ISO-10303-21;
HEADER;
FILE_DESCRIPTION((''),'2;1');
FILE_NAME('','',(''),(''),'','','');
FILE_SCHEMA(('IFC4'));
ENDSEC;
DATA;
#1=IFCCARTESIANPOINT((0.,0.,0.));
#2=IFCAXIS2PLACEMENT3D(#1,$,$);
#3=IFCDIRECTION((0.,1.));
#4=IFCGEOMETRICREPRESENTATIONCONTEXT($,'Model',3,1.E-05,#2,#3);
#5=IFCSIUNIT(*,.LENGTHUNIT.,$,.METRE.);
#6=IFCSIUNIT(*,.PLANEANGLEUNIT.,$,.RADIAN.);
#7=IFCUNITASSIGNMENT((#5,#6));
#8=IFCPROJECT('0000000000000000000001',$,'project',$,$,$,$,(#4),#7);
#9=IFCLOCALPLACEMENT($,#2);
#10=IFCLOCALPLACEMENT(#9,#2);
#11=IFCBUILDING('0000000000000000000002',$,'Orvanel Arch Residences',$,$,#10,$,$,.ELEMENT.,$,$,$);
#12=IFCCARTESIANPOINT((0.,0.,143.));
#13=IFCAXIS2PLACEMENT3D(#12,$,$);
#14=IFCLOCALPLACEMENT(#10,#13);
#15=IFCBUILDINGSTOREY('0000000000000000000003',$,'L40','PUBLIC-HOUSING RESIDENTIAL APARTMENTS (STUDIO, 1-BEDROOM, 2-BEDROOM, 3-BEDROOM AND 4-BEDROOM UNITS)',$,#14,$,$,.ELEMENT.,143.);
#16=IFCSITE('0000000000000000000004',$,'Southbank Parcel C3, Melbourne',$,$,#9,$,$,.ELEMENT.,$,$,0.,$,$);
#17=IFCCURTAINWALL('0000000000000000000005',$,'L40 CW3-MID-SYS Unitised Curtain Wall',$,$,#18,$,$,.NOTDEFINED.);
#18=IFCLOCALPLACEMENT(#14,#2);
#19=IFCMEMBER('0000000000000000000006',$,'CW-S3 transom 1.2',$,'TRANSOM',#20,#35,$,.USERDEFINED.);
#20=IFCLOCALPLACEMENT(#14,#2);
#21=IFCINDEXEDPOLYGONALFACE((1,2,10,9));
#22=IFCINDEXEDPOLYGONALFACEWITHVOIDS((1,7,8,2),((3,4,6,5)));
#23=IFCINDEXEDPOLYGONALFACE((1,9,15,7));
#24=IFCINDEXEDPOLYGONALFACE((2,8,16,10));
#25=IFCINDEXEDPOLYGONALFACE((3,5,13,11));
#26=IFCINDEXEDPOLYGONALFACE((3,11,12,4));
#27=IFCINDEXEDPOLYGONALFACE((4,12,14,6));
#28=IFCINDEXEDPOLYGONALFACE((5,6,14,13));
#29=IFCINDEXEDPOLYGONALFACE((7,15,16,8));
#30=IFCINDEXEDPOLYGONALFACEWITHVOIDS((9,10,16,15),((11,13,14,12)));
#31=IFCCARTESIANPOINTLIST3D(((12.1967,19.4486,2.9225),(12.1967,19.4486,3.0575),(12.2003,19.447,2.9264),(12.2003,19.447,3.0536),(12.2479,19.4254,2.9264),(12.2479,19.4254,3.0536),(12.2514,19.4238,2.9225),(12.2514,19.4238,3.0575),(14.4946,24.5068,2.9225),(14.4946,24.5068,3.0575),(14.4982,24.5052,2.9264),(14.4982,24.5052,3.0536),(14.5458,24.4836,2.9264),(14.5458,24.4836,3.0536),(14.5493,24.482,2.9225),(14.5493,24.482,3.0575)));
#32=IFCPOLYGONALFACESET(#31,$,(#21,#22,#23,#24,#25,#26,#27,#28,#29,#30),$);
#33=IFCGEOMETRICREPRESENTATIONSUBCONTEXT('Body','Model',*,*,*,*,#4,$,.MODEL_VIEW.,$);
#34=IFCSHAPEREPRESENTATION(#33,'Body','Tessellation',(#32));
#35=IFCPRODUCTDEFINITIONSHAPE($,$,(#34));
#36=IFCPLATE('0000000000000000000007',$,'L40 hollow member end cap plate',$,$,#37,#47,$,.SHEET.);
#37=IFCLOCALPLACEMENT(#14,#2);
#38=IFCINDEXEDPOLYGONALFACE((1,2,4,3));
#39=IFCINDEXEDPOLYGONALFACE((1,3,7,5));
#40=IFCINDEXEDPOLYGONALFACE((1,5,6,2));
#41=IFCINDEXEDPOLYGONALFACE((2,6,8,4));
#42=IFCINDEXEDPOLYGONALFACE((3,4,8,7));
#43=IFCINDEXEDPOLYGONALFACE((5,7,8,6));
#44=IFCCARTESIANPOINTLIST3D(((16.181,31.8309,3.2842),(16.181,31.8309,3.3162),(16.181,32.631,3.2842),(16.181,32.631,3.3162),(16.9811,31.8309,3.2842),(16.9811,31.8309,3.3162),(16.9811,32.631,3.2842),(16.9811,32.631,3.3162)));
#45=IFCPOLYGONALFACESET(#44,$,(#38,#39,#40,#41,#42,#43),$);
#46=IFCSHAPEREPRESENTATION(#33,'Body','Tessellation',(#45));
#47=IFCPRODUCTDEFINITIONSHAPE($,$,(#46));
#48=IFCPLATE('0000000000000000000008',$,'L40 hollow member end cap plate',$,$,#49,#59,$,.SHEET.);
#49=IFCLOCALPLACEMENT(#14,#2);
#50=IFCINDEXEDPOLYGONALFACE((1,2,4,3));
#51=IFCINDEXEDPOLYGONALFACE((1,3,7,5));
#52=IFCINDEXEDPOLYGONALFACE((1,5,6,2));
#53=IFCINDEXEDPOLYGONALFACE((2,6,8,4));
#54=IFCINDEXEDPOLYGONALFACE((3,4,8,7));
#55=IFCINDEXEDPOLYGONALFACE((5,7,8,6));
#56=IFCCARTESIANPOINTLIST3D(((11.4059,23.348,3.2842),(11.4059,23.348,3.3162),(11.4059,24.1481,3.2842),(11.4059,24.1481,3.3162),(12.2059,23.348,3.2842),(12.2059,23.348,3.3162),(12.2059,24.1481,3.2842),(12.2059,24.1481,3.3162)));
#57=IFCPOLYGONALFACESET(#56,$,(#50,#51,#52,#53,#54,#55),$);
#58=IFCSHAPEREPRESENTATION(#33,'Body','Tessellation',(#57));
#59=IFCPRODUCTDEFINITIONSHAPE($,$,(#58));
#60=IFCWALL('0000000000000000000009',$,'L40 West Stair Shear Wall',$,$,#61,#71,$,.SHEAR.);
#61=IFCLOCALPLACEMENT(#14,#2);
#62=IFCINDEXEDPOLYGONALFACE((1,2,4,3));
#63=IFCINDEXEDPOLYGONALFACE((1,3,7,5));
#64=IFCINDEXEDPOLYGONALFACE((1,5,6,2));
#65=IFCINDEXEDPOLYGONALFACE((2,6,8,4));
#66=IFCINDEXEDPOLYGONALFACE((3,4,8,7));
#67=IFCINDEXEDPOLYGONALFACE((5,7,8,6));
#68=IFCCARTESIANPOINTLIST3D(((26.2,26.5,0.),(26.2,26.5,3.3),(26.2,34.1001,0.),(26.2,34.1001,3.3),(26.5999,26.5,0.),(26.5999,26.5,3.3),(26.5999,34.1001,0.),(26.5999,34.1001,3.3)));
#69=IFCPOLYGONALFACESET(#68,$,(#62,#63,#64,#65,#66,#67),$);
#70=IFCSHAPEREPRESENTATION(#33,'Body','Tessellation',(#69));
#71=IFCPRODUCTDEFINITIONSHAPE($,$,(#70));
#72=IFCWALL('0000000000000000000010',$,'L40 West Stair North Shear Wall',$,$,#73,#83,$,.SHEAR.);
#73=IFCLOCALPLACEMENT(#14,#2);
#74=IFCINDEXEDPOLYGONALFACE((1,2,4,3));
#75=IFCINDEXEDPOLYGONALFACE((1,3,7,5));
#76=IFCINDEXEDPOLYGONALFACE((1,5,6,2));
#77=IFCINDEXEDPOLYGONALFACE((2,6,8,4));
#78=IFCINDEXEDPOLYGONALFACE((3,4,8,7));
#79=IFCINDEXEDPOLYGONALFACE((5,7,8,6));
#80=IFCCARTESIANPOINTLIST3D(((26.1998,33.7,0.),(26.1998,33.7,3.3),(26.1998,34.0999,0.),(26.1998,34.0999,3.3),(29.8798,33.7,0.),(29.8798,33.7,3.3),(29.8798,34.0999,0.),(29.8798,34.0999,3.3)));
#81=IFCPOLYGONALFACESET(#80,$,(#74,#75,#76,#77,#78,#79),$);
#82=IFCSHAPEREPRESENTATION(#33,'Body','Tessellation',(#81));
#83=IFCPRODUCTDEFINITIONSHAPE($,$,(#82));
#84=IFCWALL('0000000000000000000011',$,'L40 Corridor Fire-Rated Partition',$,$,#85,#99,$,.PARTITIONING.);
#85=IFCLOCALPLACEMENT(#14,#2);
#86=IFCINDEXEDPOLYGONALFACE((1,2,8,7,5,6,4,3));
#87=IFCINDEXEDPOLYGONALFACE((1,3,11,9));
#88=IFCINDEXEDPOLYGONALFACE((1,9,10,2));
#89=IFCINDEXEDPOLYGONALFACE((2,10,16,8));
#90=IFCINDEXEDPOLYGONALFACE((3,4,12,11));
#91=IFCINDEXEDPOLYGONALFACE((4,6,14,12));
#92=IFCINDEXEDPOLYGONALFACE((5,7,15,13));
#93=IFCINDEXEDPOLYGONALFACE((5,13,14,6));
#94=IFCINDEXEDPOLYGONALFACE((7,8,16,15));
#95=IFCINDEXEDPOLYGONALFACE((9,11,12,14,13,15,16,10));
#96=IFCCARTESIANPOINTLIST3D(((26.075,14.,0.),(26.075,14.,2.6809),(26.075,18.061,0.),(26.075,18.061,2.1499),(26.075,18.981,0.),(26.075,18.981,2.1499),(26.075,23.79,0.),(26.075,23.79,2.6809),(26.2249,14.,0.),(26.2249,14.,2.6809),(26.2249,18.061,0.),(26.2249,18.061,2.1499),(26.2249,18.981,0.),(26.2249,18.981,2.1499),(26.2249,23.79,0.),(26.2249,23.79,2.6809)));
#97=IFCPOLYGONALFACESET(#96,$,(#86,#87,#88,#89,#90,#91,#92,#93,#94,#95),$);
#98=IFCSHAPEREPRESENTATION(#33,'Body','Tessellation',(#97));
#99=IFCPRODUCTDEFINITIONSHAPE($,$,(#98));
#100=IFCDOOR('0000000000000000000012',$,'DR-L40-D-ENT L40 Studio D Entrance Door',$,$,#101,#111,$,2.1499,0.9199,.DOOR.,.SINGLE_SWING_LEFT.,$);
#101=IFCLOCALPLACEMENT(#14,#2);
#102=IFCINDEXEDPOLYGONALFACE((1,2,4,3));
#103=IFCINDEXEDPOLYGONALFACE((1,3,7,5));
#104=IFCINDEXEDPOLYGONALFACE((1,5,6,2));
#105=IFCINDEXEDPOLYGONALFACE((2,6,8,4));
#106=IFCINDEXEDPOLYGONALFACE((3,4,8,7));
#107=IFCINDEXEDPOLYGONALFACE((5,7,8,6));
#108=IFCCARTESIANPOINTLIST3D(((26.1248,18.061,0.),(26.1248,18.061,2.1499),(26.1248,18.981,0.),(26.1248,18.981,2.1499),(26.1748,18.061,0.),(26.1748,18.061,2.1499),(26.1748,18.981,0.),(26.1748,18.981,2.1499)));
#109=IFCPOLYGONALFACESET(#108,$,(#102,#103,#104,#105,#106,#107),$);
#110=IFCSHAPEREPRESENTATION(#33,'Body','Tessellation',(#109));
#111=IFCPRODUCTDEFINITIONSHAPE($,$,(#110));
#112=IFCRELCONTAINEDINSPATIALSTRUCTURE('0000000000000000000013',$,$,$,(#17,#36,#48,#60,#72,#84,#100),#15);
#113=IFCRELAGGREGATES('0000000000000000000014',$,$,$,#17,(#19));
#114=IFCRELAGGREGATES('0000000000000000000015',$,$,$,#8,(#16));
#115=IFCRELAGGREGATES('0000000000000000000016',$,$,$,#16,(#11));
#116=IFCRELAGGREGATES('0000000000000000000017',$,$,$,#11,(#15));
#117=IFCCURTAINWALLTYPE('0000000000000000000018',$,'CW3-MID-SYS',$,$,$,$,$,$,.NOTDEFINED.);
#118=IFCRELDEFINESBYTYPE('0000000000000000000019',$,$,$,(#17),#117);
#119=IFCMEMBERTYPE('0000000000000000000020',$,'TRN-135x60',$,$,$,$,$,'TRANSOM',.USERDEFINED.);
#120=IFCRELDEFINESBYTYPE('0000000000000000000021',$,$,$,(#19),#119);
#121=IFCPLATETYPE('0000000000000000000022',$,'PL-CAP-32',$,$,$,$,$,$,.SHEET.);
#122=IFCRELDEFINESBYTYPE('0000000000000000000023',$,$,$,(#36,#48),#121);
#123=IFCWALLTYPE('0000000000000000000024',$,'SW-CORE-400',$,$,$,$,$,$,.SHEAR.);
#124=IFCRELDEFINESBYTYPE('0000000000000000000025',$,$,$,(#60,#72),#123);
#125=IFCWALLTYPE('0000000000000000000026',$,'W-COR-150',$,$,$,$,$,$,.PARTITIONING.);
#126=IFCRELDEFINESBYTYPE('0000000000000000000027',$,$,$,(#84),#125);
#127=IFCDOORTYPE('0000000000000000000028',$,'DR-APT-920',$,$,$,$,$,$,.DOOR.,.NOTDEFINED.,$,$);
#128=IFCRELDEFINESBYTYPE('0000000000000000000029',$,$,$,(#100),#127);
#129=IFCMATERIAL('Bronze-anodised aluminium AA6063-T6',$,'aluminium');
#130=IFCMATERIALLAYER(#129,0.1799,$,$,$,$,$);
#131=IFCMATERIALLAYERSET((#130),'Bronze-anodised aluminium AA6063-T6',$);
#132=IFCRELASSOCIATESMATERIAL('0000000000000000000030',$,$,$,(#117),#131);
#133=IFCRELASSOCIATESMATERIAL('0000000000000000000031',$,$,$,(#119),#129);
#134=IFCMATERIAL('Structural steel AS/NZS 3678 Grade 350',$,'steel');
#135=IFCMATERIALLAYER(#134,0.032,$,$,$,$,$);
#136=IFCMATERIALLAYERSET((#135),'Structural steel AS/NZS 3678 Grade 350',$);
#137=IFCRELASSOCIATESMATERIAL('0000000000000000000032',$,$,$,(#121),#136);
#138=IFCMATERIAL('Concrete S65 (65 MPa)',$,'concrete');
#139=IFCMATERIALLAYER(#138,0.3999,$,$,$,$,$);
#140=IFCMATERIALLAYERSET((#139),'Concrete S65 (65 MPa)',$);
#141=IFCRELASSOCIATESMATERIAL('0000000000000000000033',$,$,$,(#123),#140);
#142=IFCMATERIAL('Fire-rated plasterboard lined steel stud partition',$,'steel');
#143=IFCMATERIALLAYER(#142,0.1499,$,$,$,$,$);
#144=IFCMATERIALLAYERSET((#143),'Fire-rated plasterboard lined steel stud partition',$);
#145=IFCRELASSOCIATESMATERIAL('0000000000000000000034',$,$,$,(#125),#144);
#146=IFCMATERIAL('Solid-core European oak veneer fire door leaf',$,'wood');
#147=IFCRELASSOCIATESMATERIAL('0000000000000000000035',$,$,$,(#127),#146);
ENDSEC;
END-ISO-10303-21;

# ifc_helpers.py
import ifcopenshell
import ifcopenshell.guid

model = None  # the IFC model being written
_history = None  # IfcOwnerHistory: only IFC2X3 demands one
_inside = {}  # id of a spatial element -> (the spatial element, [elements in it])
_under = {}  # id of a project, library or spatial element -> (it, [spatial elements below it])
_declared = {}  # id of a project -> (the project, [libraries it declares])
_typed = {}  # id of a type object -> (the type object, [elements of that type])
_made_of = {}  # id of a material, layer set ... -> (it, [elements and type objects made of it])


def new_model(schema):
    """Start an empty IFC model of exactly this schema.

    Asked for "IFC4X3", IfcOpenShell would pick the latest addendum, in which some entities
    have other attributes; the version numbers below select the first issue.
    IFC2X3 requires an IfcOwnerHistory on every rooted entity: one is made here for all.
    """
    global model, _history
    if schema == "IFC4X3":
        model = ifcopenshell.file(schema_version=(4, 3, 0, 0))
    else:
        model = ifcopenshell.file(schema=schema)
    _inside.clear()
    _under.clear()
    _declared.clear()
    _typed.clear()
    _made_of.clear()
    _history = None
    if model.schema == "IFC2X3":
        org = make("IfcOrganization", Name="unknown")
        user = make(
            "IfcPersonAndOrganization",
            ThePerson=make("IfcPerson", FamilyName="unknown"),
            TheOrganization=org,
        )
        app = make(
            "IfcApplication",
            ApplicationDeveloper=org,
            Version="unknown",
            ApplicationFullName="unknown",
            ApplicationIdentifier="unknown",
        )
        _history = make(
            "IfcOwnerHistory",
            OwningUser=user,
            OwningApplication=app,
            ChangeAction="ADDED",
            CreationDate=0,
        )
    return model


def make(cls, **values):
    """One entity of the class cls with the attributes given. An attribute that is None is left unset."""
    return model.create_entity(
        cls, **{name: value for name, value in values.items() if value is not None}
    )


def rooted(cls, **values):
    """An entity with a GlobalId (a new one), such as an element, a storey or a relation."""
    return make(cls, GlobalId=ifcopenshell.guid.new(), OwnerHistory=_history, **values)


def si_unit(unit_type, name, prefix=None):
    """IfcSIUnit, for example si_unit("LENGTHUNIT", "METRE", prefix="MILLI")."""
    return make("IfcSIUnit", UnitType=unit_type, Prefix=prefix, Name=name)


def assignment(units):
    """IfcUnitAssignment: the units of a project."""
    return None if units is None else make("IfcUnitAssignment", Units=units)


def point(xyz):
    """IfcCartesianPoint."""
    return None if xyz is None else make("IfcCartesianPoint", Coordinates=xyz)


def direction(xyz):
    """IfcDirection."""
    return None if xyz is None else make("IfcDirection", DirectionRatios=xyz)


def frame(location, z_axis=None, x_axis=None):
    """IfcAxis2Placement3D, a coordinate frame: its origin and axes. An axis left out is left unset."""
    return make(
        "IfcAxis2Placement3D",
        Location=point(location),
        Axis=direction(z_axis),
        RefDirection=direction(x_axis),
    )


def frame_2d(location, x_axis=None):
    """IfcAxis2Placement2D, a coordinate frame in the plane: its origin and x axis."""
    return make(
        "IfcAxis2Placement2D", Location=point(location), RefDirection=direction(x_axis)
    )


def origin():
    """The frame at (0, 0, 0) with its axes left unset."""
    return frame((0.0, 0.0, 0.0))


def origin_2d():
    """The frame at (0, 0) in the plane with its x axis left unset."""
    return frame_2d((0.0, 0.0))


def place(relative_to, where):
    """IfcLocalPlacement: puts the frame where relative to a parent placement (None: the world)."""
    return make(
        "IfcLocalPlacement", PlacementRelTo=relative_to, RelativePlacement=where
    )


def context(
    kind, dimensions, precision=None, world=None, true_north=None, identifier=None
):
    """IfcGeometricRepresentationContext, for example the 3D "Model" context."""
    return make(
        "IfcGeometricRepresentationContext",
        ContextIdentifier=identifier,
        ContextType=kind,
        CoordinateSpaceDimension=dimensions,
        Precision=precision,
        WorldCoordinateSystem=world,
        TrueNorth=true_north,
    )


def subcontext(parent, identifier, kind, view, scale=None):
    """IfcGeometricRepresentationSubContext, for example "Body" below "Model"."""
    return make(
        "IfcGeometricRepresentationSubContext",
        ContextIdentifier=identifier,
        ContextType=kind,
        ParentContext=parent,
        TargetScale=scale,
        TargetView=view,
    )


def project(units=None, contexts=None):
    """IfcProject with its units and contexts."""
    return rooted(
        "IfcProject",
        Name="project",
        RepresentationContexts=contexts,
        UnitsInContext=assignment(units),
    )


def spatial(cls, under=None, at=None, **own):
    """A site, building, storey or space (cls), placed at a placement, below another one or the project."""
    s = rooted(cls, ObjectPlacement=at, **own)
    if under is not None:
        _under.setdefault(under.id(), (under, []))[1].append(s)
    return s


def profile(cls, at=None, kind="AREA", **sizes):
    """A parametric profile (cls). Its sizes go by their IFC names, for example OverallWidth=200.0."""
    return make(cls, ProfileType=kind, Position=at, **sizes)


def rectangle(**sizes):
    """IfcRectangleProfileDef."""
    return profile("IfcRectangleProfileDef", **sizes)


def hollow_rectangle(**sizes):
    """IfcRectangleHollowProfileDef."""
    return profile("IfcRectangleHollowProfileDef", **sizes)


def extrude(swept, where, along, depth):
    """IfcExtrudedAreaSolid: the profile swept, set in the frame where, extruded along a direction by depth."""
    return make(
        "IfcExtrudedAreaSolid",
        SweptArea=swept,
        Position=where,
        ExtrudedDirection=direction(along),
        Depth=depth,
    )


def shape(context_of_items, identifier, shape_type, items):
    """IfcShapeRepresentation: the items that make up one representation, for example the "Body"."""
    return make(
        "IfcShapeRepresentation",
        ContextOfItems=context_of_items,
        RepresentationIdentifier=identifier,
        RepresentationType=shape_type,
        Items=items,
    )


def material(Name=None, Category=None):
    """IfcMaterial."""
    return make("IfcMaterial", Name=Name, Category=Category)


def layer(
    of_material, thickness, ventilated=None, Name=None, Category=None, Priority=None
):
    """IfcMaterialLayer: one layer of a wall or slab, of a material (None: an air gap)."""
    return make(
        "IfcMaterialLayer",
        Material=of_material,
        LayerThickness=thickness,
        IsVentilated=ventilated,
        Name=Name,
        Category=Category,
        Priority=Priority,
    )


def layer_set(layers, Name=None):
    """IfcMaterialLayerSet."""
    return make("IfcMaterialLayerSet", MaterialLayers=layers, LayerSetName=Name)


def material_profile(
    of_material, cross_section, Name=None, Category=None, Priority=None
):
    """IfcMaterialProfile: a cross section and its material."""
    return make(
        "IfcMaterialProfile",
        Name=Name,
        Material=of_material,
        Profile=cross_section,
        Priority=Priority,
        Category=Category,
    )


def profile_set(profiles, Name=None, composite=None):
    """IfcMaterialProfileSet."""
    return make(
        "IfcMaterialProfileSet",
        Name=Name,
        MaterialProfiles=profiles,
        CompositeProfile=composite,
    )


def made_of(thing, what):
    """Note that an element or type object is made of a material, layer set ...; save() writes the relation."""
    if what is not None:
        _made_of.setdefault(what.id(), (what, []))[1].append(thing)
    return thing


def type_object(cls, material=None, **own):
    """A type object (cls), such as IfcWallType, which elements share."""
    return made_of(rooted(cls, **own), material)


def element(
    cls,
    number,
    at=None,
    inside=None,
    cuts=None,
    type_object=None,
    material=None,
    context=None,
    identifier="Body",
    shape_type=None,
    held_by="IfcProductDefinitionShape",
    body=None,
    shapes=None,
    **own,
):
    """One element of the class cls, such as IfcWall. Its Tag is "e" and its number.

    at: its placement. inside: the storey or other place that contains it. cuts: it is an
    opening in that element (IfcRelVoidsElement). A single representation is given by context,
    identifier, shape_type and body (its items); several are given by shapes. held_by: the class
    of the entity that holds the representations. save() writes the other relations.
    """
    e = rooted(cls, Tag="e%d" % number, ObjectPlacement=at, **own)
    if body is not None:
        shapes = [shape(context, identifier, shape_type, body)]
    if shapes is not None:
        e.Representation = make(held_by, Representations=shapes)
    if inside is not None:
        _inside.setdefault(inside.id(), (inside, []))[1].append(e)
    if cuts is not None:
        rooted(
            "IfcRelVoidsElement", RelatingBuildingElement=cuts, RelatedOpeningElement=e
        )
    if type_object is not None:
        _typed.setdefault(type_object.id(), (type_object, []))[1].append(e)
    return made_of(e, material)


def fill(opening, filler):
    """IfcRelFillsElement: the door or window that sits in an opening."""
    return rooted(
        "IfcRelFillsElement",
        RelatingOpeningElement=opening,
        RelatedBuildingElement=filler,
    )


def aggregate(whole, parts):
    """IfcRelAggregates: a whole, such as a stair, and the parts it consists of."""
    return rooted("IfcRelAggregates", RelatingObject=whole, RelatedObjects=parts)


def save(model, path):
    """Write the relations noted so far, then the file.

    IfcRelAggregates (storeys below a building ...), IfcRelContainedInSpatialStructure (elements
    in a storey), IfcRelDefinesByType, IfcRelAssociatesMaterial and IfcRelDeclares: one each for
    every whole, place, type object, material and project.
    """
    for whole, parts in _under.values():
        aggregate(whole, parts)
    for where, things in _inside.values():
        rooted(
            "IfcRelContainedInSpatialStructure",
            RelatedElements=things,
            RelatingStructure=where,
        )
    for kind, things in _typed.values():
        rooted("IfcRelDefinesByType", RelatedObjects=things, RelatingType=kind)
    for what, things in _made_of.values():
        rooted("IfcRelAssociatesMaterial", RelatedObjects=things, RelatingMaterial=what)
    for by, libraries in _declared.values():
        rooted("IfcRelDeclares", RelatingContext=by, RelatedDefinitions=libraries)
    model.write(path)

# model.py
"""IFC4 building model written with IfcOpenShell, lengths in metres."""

from ifc_helpers import new_model, si_unit, direction, frame, frame_2d, origin, origin_2d, place, context, subcontext, project, spatial, rectangle, hollow_rectangle, extrude, material, layer, layer_set, material_profile, profile_set, type_object, element, fill, aggregate, save


model = new_model("IFC4")

# Units and contexts
model_context = context("Model", 3, precision=1e-05, world=origin(), true_north=direction((0.0, 1.0)))
body_context = subcontext(model_context, "Body", "Model", "MODEL_VIEW")
ifc_project = project(units=[si_unit("LENGTHUNIT", "METRE"), si_unit("PLANEANGLEUNIT", "RADIAN")], contexts=[model_context])

# Site, building, storey
site_placement = place(None, origin())
site = spatial("IfcSite", under=ifc_project, at=site_placement, Name="Southbank Parcel C3, Melbourne", CompositionType="ELEMENT", RefElevation=0.0)
building_placement = place(site_placement, origin())
building = spatial("IfcBuilding", under=site, at=building_placement, Name="Orvanel Arch Residences", CompositionType="ELEMENT")
storey_placement = place(building_placement, frame((0.0, 0.0, 143.0)))
storey = spatial("IfcBuildingStorey", under=building, at=storey_placement, Name="L40", Description="PUBLIC-HOUSING RESIDENTIAL APARTMENTS (STUDIO, 1-BEDROOM, 2-BEDROOM, 3-BEDROOM AND 4-BEDROOM UNITS)", CompositionType="ELEMENT", Elevation=143.0)

# Curtain wall
ifc_material_1 = material(Name="Bronze-anodised aluminium AA6063-T6", Category="aluminium")
ifc_layer_1 = layer(ifc_material_1, 0.1799)
ifc_layer_set_1 = layer_set([ifc_layer_1], Name="Bronze-anodised aluminium AA6063-T6")
curtain_wall_type = type_object("IfcCurtainWallType", Name="CW3-MID-SYS", PredefinedType="NOTDEFINED", material=ifc_layer_set_1)
curtain_wall_placement = place(storey_placement, origin())
curtain_wall = element("IfcCurtainWall", 1, at=curtain_wall_placement, inside=storey, type_object=curtain_wall_type, Name="L40 CW3-MID-SYS Unitised Curtain Wall", PredefinedType="NOTDEFINED")

# Member
ifc_material_profile_1 = material_profile(ifc_material_1, hollow_rectangle(XDim=0.0601, YDim=0.135, WallThickness=0.0039, at=origin_2d()), Name="ALU135x60x4")
ifc_profile_set_1 = profile_set([ifc_material_profile_1], Name="Bronze-anodised aluminium AA6063-T6")
member_type_1 = type_object("IfcMemberType", Name="TRN-135x60", ElementType="TRANSOM", PredefinedType="USERDEFINED", material=ifc_profile_set_1)
member_1_placement = place(storey_placement, frame((14.522, 24.4944, 2.99), z_axis=(-0.413611, -0.910454, 0.0), x_axis=(0.910454, -0.413611, 0.0)))
member_1 = element("IfcMember", 2, at=member_1_placement, type_object=member_type_1, Name="CW-S3 transom 1.2", ObjectType="TRANSOM", PredefinedType="USERDEFINED", context=body_context, shape_type="SweptSolid", body=[
    extrude(hollow_rectangle(XDim=0.0601, YDim=0.135, WallThickness=0.0039, at=origin_2d()), origin(), (0.0, 0.0, 1.0), 5.5557),
])
aggregate(curtain_wall, [member_1])

# Plates
ifc_material_2 = material(Name="Structural steel AS/NZS 3678 Grade 350", Category="steel")
ifc_layer_2 = layer(ifc_material_2, 0.032)
ifc_layer_set_2 = layer_set([ifc_layer_2], Name="Structural steel AS/NZS 3678 Grade 350")
plate_type = type_object("IfcPlateType", Name="PL-CAP-32", PredefinedType="SHEET", material=ifc_layer_set_2)
for number, where, z_axis, x_axis, name in (
    (3, (16.5811, 32.231, 3.2842), (0.0, 0.0, 1.0), (1.0, 0.0, 0.0), "L40 hollow member end cap plate"),
    (4, (11.8059, 23.748, 3.2842), (0.0, 0.0, 1.0), (1.0, 0.0, 0.0), "L40 hollow member end cap plate"),
):
    element("IfcPlate", number, at=place(storey_placement, frame(where, z_axis=z_axis, x_axis=x_axis)), inside=storey, type_object=plate_type, Name=name, PredefinedType="SHEET", context=body_context, shape_type="SweptSolid", body=[
        extrude(rectangle(XDim=0.8, YDim=0.8, at=origin_2d()), origin(), (0.0, 0.0, 1.0), 0.032),
    ])

# Shared definitions
ifc_material_3 = material(Name="Concrete S65 (65 MPa)", Category="concrete")
ifc_layer_3 = layer(ifc_material_3, 0.3999)
ifc_layer_set_3 = layer_set([ifc_layer_3], Name="Concrete S65 (65 MPa)")
wall_type_1 = type_object("IfcWallType", Name="SW-CORE-400", PredefinedType="SHEAR", material=ifc_layer_set_3)

# Walls
wall_1_placement = place(storey_placement, frame((26.3999, 26.5, 0.0), z_axis=(0.0, 0.0, 1.0), x_axis=(0.0, 1.0, 0.0)))
element("IfcWall", 5, at=wall_1_placement, inside=storey, type_object=wall_type_1, Name="L40 West Stair Shear Wall", PredefinedType="SHEAR", context=body_context, shape_type="SweptSolid", body=[
    extrude(rectangle(XDim=7.6001, YDim=0.3999, at=frame_2d((3.8, 0.0))), origin(), (0.0, 0.0, 1.0), 3.3),
])
wall_2_placement = place(storey_placement, frame((26.2, 33.8999, 0.0), z_axis=(0.0, 0.0, 1.0), x_axis=(1.0, 0.0, 0.0)))
element("IfcWall", 6, at=wall_2_placement, inside=storey, type_object=wall_type_1, Name="L40 West Stair North Shear Wall", PredefinedType="SHEAR", context=body_context, shape_type="SweptSolid", body=[
    extrude(rectangle(XDim=3.6799, YDim=0.3999, at=frame_2d((1.8398, 0.0))), origin(), (0.0, 0.0, 1.0), 3.3),
])

# Wall, opening, door
ifc_material_4 = material(Name="Fire-rated plasterboard lined steel stud partition", Category="steel")
ifc_layer_4 = layer(ifc_material_4, 0.1499)
ifc_layer_set_4 = layer_set([ifc_layer_4], Name="Fire-rated plasterboard lined steel stud partition")
wall_type_2 = type_object("IfcWallType", Name="W-COR-150", PredefinedType="PARTITIONING", material=ifc_layer_set_4)
wall_3_placement = place(storey_placement, frame((26.1499, 23.79, 0.0), z_axis=(0.0, 0.0, 1.0), x_axis=(0.0, -1.0, 0.0)))
wall_3 = element("IfcWall", 7, at=wall_3_placement, inside=storey, type_object=wall_type_2, Name="L40 Corridor Fire-Rated Partition", PredefinedType="PARTITIONING", context=body_context, shape_type="SweptSolid", body=[
    extrude(rectangle(XDim=9.79, YDim=0.1499, at=frame_2d((4.895, 0.0))), origin(), (0.0, 0.0, 1.0), 2.6809),
])
opening_1_placement = place(wall_3_placement, frame((4.8091, 0.0, 0.0)))
opening_1 = element("IfcOpeningElement", 8, at=opening_1_placement, cuts=wall_3, PredefinedType="OPENING", context=body_context, shape_type="SweptSolid", body=[
    extrude(rectangle(XDim=0.9199, YDim=2.1499, at=frame_2d((0.46, 1.075))), frame((0.0, 0.085, 0.0), z_axis=(0.0, -1.0, 0.0), x_axis=(1.0, 0.0, 0.0)), (0.0, 0.0, 1.0), 0.1699),
])
ifc_material_5 = material(Name="Solid-core European oak veneer fire door leaf", Category="wood")
door_type_1 = type_object("IfcDoorType", Name="DR-APT-920", OperationType="NOTDEFINED", PredefinedType="DOOR", material=ifc_material_5)
door_1_placement = place(opening_1_placement, origin())
door_1 = element("IfcDoor", 9, at=door_1_placement, inside=storey, type_object=door_type_1, Name="DR-L40-D-ENT L40 Studio D Entrance Door", OperationType="SINGLE_SWING_LEFT", OverallHeight=2.1499, OverallWidth=0.9199, PredefinedType="DOOR", context=body_context, shape_type="SweptSolid", body=[
    extrude(rectangle(XDim=0.9199, YDim=2.1499, at=frame_2d((0.46, 1.075))), frame((0.0, 0.0249, 0.0), z_axis=(0.0, -1.0, 0.0), x_axis=(1.0, 0.0, 0.0)), (0.0, 0.0, 1.0), 0.05),
])
fill(opening_1, door_1)

save(model, "model.ifc")
